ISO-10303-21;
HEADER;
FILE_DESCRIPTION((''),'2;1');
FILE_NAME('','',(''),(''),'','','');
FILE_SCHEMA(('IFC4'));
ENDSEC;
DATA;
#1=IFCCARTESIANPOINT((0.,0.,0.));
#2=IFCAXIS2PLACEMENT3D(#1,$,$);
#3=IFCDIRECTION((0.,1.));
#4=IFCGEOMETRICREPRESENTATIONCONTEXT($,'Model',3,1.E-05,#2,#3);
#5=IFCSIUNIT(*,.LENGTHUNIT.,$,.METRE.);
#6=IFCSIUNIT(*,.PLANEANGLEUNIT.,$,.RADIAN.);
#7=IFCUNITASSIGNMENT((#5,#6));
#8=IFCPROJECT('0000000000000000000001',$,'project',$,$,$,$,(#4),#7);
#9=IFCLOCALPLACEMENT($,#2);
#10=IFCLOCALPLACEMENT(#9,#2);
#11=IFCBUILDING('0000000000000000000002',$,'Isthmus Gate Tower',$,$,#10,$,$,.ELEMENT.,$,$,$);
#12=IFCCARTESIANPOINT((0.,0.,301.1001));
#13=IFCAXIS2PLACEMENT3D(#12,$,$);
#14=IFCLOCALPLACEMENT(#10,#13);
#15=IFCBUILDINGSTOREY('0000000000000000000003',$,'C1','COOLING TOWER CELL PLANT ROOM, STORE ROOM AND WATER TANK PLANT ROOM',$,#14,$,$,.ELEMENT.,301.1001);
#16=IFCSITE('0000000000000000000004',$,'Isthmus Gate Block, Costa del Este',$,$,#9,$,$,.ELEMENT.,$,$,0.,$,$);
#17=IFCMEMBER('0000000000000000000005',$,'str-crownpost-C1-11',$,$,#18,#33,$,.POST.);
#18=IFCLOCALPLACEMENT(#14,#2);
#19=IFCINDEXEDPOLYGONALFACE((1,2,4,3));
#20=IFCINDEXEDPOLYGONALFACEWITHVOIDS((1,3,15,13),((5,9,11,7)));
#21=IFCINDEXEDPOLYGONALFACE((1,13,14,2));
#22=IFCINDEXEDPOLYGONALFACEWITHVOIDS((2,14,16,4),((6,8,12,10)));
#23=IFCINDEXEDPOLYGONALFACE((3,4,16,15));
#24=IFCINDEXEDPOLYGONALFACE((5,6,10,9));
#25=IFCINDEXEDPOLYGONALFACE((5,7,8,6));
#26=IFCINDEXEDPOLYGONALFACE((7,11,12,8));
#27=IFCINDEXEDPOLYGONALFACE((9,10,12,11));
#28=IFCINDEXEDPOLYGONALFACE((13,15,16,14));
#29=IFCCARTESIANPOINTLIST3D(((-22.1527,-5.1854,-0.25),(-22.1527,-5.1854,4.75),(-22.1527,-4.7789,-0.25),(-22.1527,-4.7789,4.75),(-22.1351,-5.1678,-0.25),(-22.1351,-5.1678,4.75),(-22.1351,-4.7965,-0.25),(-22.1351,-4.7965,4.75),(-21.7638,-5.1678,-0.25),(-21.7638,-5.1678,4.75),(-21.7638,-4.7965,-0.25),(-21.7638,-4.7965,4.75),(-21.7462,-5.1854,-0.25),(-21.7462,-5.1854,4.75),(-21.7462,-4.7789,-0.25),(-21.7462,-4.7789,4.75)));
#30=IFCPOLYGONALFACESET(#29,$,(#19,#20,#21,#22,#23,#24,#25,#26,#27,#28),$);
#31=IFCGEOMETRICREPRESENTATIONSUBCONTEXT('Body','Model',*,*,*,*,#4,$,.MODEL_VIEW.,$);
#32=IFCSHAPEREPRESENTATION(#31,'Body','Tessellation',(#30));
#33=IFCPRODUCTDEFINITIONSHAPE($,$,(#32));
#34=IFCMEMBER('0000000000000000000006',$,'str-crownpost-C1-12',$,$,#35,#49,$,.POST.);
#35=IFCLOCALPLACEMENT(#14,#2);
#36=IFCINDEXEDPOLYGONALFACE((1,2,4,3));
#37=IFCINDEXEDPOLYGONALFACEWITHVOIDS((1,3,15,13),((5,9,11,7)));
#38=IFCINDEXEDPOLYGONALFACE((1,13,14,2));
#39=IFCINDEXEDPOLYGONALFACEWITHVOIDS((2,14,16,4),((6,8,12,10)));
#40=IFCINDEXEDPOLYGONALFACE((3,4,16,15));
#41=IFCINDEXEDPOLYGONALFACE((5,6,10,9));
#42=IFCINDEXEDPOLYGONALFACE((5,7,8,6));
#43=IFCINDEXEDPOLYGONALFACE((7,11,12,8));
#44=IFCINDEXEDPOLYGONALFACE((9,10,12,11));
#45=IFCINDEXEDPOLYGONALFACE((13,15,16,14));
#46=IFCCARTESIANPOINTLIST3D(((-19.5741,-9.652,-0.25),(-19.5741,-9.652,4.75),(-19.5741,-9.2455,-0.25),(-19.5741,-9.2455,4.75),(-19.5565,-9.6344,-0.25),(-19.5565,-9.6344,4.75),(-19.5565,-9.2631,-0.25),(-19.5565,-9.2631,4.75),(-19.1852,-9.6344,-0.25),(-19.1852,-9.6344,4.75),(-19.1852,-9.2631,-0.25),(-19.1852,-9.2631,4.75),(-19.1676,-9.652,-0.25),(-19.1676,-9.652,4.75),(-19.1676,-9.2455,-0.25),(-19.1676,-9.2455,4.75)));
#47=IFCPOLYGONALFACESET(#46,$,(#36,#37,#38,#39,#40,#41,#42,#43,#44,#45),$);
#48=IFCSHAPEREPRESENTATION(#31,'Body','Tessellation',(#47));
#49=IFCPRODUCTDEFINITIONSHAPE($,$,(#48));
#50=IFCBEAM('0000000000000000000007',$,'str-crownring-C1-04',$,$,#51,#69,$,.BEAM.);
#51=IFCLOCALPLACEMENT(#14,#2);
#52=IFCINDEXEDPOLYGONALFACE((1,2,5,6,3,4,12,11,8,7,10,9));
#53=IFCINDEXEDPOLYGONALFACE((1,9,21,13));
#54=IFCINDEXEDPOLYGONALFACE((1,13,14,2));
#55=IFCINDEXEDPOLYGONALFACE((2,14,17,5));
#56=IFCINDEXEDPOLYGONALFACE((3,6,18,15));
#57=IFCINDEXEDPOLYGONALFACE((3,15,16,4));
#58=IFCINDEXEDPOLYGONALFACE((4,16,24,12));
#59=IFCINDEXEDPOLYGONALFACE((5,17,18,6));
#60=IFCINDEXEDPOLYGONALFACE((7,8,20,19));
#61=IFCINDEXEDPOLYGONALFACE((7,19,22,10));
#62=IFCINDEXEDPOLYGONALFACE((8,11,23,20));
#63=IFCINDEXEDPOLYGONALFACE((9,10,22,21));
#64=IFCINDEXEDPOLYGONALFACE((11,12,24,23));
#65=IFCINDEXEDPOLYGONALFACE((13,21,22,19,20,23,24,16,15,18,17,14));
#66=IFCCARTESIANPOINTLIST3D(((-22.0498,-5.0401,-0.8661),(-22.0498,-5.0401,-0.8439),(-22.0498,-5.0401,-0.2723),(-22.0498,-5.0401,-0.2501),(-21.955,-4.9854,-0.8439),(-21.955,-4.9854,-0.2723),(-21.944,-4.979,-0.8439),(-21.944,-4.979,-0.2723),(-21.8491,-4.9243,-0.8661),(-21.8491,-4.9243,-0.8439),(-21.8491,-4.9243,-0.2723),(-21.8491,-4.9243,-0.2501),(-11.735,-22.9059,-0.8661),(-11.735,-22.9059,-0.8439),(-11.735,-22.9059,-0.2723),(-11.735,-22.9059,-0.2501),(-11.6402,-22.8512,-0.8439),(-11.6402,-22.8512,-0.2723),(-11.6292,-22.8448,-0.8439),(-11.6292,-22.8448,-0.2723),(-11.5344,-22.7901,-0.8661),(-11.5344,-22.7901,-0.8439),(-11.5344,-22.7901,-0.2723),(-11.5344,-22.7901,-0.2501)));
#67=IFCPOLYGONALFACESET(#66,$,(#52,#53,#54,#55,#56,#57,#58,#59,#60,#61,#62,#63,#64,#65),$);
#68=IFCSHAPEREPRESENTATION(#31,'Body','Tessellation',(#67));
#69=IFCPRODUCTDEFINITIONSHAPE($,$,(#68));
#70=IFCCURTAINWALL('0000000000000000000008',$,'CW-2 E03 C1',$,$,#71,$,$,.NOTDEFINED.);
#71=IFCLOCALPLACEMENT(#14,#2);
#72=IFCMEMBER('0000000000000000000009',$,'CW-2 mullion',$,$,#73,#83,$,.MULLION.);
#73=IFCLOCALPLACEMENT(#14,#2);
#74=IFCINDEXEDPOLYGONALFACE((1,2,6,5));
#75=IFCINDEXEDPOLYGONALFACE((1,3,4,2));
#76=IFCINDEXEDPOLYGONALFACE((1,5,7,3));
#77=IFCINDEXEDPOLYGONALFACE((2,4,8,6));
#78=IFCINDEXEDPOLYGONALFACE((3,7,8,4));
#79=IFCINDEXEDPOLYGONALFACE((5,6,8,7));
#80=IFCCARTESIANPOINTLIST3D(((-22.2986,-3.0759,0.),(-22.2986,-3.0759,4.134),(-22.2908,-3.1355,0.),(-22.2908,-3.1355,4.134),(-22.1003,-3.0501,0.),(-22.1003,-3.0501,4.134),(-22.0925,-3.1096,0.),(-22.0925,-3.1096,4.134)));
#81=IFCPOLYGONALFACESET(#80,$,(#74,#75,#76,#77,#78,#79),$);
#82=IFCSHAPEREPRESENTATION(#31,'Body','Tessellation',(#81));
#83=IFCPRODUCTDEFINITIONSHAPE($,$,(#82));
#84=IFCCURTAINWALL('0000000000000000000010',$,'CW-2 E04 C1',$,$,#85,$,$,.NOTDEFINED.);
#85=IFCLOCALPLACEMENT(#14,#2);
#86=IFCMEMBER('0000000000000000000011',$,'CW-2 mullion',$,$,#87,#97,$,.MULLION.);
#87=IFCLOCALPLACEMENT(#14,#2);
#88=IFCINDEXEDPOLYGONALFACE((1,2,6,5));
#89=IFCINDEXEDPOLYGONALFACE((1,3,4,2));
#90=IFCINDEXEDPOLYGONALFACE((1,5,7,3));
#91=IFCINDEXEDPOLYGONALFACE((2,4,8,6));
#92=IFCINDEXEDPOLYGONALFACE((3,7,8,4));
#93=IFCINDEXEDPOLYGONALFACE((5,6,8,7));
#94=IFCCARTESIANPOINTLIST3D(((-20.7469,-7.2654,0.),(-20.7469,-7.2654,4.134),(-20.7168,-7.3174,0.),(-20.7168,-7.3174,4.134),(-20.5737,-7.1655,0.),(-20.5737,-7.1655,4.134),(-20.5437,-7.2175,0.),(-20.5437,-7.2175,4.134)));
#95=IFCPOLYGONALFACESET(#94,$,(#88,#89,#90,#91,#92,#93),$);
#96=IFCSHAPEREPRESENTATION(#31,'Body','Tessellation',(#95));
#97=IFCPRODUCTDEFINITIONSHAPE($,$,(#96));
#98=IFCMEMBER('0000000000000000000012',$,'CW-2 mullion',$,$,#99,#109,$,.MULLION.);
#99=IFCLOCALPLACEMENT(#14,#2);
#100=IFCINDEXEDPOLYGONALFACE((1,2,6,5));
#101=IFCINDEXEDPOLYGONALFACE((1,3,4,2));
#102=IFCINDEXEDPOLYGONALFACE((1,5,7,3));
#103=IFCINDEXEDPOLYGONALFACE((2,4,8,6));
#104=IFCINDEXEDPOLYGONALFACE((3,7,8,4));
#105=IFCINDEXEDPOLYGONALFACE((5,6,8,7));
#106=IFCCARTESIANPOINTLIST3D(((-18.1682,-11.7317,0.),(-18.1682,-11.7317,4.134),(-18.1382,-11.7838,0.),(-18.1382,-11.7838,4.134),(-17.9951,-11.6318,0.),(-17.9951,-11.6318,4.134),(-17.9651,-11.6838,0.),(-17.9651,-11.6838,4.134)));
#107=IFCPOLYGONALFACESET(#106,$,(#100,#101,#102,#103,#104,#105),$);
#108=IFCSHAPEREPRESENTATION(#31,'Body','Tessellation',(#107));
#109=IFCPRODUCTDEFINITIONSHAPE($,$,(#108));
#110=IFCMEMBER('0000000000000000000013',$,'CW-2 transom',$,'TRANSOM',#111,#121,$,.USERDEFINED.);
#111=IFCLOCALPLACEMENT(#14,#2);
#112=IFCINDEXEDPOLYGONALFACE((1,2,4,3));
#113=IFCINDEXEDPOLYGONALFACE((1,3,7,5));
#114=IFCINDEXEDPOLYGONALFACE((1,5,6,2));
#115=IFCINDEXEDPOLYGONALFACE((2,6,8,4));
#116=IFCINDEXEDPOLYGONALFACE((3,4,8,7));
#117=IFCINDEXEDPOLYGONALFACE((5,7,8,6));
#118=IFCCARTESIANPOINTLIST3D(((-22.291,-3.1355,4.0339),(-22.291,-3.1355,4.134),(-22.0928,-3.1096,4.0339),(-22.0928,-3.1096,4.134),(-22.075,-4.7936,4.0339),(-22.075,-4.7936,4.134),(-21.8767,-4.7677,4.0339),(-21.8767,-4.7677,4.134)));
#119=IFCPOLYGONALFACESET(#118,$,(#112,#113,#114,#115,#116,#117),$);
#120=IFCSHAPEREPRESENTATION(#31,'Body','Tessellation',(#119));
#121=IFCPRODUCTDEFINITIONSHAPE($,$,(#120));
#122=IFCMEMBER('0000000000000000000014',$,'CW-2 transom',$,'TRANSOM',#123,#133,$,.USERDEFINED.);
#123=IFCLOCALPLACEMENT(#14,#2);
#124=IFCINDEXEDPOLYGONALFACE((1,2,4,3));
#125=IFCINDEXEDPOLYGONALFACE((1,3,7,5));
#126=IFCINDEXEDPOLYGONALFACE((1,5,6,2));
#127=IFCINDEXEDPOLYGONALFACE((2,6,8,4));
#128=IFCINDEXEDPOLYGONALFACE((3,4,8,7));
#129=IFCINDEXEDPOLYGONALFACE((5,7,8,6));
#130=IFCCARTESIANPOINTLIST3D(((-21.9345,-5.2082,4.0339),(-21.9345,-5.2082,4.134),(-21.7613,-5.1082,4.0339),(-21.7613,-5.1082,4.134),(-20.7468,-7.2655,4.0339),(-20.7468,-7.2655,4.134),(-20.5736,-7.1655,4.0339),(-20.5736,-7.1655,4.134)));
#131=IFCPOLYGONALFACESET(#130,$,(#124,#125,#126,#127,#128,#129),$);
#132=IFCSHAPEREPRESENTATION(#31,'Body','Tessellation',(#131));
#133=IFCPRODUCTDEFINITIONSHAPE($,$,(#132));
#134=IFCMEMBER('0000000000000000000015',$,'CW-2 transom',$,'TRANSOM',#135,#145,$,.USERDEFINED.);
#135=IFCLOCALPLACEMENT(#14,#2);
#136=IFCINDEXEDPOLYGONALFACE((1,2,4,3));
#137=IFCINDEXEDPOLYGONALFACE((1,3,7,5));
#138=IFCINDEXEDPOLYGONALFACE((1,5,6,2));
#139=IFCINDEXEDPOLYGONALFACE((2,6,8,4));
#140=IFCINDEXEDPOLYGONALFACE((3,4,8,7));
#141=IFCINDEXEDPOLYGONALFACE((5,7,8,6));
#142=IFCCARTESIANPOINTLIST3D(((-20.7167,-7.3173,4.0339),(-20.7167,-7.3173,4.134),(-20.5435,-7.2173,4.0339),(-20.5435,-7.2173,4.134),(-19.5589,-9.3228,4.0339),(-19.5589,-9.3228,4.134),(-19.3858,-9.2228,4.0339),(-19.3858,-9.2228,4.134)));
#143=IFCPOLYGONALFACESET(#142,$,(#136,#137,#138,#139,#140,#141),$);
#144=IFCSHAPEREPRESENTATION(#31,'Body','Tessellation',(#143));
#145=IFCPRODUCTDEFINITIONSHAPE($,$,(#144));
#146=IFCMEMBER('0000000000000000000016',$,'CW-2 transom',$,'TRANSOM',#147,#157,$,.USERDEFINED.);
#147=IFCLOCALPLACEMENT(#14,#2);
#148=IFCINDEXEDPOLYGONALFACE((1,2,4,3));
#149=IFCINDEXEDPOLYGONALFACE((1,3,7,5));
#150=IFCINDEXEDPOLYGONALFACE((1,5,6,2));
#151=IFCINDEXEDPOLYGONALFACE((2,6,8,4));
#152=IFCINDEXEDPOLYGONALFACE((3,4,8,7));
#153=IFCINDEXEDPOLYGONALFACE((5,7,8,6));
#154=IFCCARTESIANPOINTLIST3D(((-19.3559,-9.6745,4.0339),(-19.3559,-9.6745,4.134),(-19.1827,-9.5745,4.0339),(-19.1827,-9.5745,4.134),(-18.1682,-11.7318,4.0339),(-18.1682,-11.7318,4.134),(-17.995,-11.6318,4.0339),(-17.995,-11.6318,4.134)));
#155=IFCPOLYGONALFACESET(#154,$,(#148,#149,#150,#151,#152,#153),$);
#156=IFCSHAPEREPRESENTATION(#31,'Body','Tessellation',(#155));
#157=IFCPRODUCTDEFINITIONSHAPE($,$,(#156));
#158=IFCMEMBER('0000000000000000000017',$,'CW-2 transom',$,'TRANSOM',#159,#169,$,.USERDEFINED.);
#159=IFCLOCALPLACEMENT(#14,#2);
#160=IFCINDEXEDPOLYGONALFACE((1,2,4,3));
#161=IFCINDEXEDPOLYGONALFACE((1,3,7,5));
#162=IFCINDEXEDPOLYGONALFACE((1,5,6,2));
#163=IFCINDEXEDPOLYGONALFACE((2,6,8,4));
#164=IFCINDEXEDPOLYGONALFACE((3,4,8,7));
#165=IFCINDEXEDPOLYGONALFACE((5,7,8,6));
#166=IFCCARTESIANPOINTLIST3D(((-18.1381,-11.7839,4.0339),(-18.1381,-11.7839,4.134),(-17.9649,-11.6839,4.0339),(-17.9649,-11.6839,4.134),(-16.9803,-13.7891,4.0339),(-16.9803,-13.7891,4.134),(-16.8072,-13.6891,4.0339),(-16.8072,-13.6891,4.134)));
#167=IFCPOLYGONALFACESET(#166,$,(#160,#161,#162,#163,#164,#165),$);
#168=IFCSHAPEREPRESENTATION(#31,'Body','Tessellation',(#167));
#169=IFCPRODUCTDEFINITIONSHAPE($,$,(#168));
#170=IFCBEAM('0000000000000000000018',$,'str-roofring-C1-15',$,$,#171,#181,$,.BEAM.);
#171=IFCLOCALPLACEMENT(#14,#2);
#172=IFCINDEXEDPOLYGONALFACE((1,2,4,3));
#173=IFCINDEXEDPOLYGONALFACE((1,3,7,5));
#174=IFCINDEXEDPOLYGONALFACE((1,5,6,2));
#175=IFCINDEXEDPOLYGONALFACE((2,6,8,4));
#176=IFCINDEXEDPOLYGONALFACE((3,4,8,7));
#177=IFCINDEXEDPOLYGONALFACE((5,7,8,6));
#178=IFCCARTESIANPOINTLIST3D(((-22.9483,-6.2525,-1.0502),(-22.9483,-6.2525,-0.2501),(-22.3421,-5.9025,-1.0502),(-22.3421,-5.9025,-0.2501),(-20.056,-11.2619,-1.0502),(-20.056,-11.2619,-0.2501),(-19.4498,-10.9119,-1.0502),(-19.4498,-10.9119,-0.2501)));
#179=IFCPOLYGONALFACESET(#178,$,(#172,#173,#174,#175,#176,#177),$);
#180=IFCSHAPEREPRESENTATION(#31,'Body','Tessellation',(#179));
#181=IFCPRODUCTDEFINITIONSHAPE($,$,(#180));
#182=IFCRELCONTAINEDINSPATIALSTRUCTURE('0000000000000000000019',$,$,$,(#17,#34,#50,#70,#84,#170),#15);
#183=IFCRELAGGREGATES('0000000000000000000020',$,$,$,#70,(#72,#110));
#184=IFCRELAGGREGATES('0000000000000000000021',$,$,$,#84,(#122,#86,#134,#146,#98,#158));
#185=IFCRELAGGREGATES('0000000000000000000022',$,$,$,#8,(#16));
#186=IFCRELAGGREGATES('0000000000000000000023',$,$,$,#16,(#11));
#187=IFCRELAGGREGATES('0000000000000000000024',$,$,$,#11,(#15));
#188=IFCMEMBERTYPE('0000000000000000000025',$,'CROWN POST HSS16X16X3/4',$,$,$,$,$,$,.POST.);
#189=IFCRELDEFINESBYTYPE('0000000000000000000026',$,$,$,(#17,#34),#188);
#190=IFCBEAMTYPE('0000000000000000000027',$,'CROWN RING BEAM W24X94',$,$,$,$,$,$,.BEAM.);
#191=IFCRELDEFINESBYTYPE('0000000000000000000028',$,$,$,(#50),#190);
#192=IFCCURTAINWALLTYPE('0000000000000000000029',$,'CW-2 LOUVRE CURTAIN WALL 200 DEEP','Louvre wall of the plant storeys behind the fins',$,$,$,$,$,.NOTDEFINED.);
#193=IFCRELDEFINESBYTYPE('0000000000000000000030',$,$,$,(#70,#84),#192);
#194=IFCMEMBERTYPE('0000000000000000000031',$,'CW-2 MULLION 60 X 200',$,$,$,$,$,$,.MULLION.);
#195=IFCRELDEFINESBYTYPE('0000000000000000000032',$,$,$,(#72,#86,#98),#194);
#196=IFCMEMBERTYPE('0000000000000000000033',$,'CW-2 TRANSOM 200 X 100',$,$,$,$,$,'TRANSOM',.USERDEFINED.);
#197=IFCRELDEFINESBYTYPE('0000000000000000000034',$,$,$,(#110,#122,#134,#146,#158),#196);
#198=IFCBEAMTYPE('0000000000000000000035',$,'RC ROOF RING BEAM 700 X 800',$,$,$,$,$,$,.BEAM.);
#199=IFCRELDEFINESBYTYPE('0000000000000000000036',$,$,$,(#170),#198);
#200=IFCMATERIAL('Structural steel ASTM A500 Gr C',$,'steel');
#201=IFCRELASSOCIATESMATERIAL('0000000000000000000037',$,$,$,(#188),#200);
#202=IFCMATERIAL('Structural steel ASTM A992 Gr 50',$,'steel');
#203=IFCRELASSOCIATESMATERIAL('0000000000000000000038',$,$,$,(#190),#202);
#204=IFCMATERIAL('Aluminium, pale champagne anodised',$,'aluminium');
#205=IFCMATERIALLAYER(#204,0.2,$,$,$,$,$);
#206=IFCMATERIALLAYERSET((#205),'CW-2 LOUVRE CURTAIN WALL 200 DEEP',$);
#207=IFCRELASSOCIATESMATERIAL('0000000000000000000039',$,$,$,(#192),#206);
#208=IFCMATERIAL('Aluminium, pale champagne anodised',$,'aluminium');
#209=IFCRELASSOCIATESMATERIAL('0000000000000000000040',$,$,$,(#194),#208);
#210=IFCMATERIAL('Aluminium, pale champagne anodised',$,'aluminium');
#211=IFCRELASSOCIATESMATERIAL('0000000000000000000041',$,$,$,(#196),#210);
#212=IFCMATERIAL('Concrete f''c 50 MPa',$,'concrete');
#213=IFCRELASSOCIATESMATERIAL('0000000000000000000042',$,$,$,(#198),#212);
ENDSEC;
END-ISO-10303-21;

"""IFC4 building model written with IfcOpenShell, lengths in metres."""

from ifc_helpers import new_model, si_unit, direction, frame, origin, origin_2d, place, context, subcontext, project, spatial, rectangle, hollow_rectangle, i_section, extrude, material, layer, layer_set, material_profile, profile_set, type_object, element, aggregate, save


model = new_model("IFC4")

# Units and contexts
model_context = context("Model", 3, precision=1e-05, world=origin(), true_north=direction((0.0, 1.0)))
body_context = subcontext(model_context, "Body", "Model", "MODEL_VIEW")
ifc_project = project(units=[si_unit("LENGTHUNIT", "METRE"), si_unit("PLANEANGLEUNIT", "RADIAN")], contexts=[model_context])

# Site, building, storey
site_placement = place(None, origin())
site = spatial("IfcSite", under=ifc_project, at=site_placement, Name="Isthmus Gate Block, Costa del Este", CompositionType="ELEMENT", RefElevation=0.0)
building_placement = place(site_placement, origin())
building = spatial("IfcBuilding", under=site, at=building_placement, Name="Isthmus Gate Tower", CompositionType="ELEMENT")
storey_placement = place(building_placement, frame((0.0, 0.0, 301.1001)))
storey = spatial("IfcBuildingStorey", under=building, at=storey_placement, Name="C1", Description="COOLING TOWER CELL PLANT ROOM, STORE ROOM AND WATER TANK PLANT ROOM", CompositionType="ELEMENT", Elevation=301.1001)

# Members
ifc_material_1 = material(Name="Structural steel ASTM A500 Gr C", Category="steel")
ifc_material_profile_1 = material_profile(ifc_material_1, hollow_rectangle(XDim=0.4065, YDim=0.4065, WallThickness=0.0176, at=origin_2d()), Name="HSS16X16X3/4")
ifc_profile_set_1 = profile_set([ifc_material_profile_1], Name="Structural steel ASTM A500 Gr C")
member_type_1 = type_object("IfcMemberType", Name="CROWN POST HSS16X16X3/4", PredefinedType="POST", material=ifc_profile_set_1)
for number, where, z_axis, x_axis, name in (
    (1, (-21.9495, -4.9822, -0.25), (0.0, 0.0, 1.0), (1.0, 0.0, 0.0), "str-crownpost-C1-11"),
    (2, (-19.3708, -9.4487, -0.25), (0.0, 0.0, 1.0), (1.0, 0.0, 0.0), "str-crownpost-C1-12"),
):
    element("IfcMember", number, at=place(storey_placement, frame(where, z_axis=z_axis, x_axis=x_axis)), inside=storey, type_object=member_type_1, Name=name, PredefinedType="POST", context=body_context, shape_type="SweptSolid", body=[
        extrude(hollow_rectangle(XDim=0.4065, YDim=0.4065, WallThickness=0.0176, at=origin_2d()), origin(), (0.0, 0.0, 1.0), 5.0),
    ])

# Beam
ifc_material_2 = material(Name="Structural steel ASTM A992 Gr 50", Category="steel")
ifc_material_profile_2 = material_profile(ifc_material_2, i_section(OverallWidth=0.2317, OverallDepth=0.616, WebThickness=0.0127, FlangeThickness=0.0222, at=origin_2d()), Name="W24X94")
ifc_profile_set_2 = profile_set([ifc_material_profile_2], Name="Structural steel ASTM A992 Gr 50")
beam_type_1 = type_object("IfcBeamType", Name="CROWN RING BEAM W24X94", PredefinedType="BEAM", material=ifc_profile_set_2)
beam_1_placement = place(storey_placement, frame((-21.9495, -4.9822, -0.5581), z_axis=(0.499997, -0.866027, 0.0), x_axis=(0.866027, 0.499997, 0.0)))
element("IfcBeam", 3, at=beam_1_placement, inside=storey, type_object=beam_type_1, Name="str-crownring-C1-04", PredefinedType="BEAM", context=body_context, shape_type="SweptSolid", body=[
    extrude(i_section(OverallWidth=0.2317, OverallDepth=0.616, WebThickness=0.0127, FlangeThickness=0.0222, at=origin_2d()), origin(), (0.0, 0.0, 1.0), 20.6296),
])

# Curtain wall, member
ifc_material_3 = material(Name="Aluminium, pale champagne anodised", Category="aluminium")
ifc_layer_1 = layer(ifc_material_3, 0.2)
ifc_layer_set_1 = layer_set([ifc_layer_1], Name="CW-2 LOUVRE CURTAIN WALL 200 DEEP")
curtain_wall_type = type_object("IfcCurtainWallType", Name="CW-2 LOUVRE CURTAIN WALL 200 DEEP", Description="Louvre wall of the plant storeys behind the fins", PredefinedType="NOTDEFINED", material=ifc_layer_set_1)
curtain_wall_1_placement = place(storey_placement, origin())
curtain_wall_1 = element("IfcCurtainWall", 4, at=curtain_wall_1_placement, inside=storey, type_object=curtain_wall_type, Name="CW-2 E03 C1", PredefinedType="NOTDEFINED")
ifc_material_4 = material(Name="Aluminium, pale champagne anodised", Category="aluminium")
ifc_material_profile_3 = material_profile(ifc_material_4, rectangle(XDim=0.0601, YDim=0.2, at=origin_2d()), Name="60x200")
ifc_profile_set_3 = profile_set([ifc_material_profile_3], Name="Aluminium, pale champagne anodised")
member_type_2 = type_object("IfcMemberType", Name="CW-2 MULLION 60 X 200", PredefinedType="MULLION", material=ifc_profile_set_3)
member_1_placement = place(storey_placement, frame((-22.1956, -3.0928, 0.0), z_axis=(0.0, 0.0, 1.0), x_axis=(0.129165, -0.991623, 0.0)))
member_1 = element("IfcMember", 5, at=member_1_placement, type_object=member_type_2, Name="CW-2 mullion", PredefinedType="MULLION", context=body_context, shape_type="SweptSolid", body=[
    extrude(rectangle(XDim=0.0601, YDim=0.2, at=origin_2d()), origin(), (0.0, 0.0, 1.0), 4.134),
])

# Curtain wall, members
curtain_wall_2_placement = place(storey_placement, origin())
curtain_wall_2 = element("IfcCurtainWall", 6, at=curtain_wall_2_placement, inside=storey, type_object=curtain_wall_type, Name="CW-2 E04 C1", PredefinedType="NOTDEFINED")
member_2_placement = place(storey_placement, frame((-20.6453, -7.2415, 0.0), z_axis=(0.0, 0.0, 1.0), x_axis=(0.5, -0.866025, 0.0)))
member_2 = element("IfcMember", 7, at=member_2_placement, type_object=member_type_2, Name="CW-2 mullion", PredefinedType="MULLION", context=body_context, shape_type="SweptSolid", body=[
    extrude(rectangle(XDim=0.0601, YDim=0.2, at=origin_2d()), origin(), (0.0, 0.0, 1.0), 4.134),
])
member_3_placement = place(storey_placement, frame((-18.0667, -11.7078, 0.0), z_axis=(0.0, 0.0, 1.0), x_axis=(0.5, -0.866025, 0.0)))
member_3 = element("IfcMember", 8, at=member_3_placement, type_object=member_type_2, Name="CW-2 mullion", PredefinedType="MULLION", context=body_context, shape_type="SweptSolid", body=[
    extrude(rectangle(XDim=0.0601, YDim=0.2, at=origin_2d()), origin(), (0.0, 0.0, 1.0), 4.134),
])

# Members
ifc_material_5 = material(Name="Aluminium, pale champagne anodised", Category="aluminium")
ifc_material_profile_4 = material_profile(ifc_material_5, rectangle(XDim=0.2, YDim=0.1001, at=origin_2d()), Name="200x100")
ifc_profile_set_4 = profile_set([ifc_material_profile_4], Name="Aluminium, pale champagne anodised")
member_type_3 = type_object("IfcMemberType", Name="CW-2 TRANSOM 200 X 100", ElementType="TRANSOM", PredefinedType="USERDEFINED", material=ifc_profile_set_4)
member_4_placement = place(storey_placement, frame((-22.1919, -3.1226, 4.084), z_axis=(0.129208, -0.991617, 0.0), x_axis=(0.991617, 0.129208, 0.0)))
member_4 = element("IfcMember", 9, at=member_4_placement, type_object=member_type_3, Name="CW-2 transom", ObjectType="TRANSOM", PredefinedType="USERDEFINED", context=body_context, shape_type="SweptSolid", body=[
    extrude(rectangle(XDim=0.2, YDim=0.1001, at=origin_2d()), origin(), (0.0, 0.0, 1.0), 1.6721),
])
member_5_placement = place(storey_placement, frame((-21.8479, -5.1582, 4.084), z_axis=(0.499975, -0.86604, 0.0), x_axis=(0.86604, 0.499975, 0.0)))
member_5 = element("IfcMember", 10, at=member_5_placement, type_object=member_type_3, Name="CW-2 transom", ObjectType="TRANSOM", PredefinedType="USERDEFINED", context=body_context, shape_type="SweptSolid", body=[
    extrude(rectangle(XDim=0.2, YDim=0.1001, at=origin_2d()), origin(), (0.0, 0.0, 1.0), 2.3755),
])
member_6_placement = place(storey_placement, frame((-20.6301, -7.2673, 4.084), z_axis=(0.499972, -0.866042, 0.0), x_axis=(0.866042, 0.499972, 0.0)))
member_6 = element("IfcMember", 11, at=member_6_placement, type_object=member_type_3, Name="CW-2 transom", ObjectType="TRANSOM", PredefinedType="USERDEFINED", context=body_context, shape_type="SweptSolid", body=[
    extrude(rectangle(XDim=0.2, YDim=0.1001, at=origin_2d()), origin(), (0.0, 0.0, 1.0), 2.3157),
])
member_7_placement = place(storey_placement, frame((-19.2693, -9.6245, 4.084), z_axis=(0.499975, -0.86604, 0.0), x_axis=(0.86604, 0.499975, 0.0)))
member_7 = element("IfcMember", 12, at=member_7_placement, type_object=member_type_3, Name="CW-2 transom", ObjectType="TRANSOM", PredefinedType="USERDEFINED", context=body_context, shape_type="SweptSolid", body=[
    extrude(rectangle(XDim=0.2, YDim=0.1001, at=origin_2d()), origin(), (0.0, 0.0, 1.0), 2.3755),
])
member_8_placement = place(storey_placement, frame((-18.0515, -11.7339, 4.084), z_axis=(0.500018, -0.866015, 0.0), x_axis=(0.866015, 0.500018, 0.0)))
member_8 = element("IfcMember", 13, at=member_8_placement, type_object=member_type_3, Name="CW-2 transom", ObjectType="TRANSOM", PredefinedType="USERDEFINED", context=body_context, shape_type="SweptSolid", body=[
    extrude(rectangle(XDim=0.2, YDim=0.1001, at=origin_2d()), origin(), (0.0, 0.0, 1.0), 2.3154),
])

# Beam
ifc_material_6 = material(Name="Concrete f'c 50 MPa", Category="concrete")
ifc_material_profile_5 = material_profile(ifc_material_6, rectangle(XDim=0.7, YDim=0.8, at=origin_2d()), Name="RC 700X800")
ifc_profile_set_5 = profile_set([ifc_material_profile_5], Name="Concrete f'c 50 MPa")
beam_type_2 = type_object("IfcBeamType", Name="RC ROOF RING BEAM 700 X 800", PredefinedType="BEAM", material=ifc_profile_set_5)
beam_2_placement = place(storey_placement, frame((-19.7529, -11.0869, -0.6501), z_axis=(-0.500011, 0.866019, 0.0), x_axis=(-0.866019, -0.500011, 0.0)))
element("IfcBeam", 14, at=beam_2_placement, inside=storey, type_object=beam_type_2, Name="str-roofring-C1-15", PredefinedType="BEAM", context=body_context, shape_type="SweptSolid", body=[
    extrude(rectangle(XDim=0.7, YDim=0.8, at=origin_2d()), origin(), (0.0, 0.0, 1.0), 5.7844),
])

aggregate(curtain_wall_1, [member_1, member_4])
aggregate(curtain_wall_2, [member_5, member_2, member_6, member_7, member_3, member_8])

save(model, "model.ifc")
